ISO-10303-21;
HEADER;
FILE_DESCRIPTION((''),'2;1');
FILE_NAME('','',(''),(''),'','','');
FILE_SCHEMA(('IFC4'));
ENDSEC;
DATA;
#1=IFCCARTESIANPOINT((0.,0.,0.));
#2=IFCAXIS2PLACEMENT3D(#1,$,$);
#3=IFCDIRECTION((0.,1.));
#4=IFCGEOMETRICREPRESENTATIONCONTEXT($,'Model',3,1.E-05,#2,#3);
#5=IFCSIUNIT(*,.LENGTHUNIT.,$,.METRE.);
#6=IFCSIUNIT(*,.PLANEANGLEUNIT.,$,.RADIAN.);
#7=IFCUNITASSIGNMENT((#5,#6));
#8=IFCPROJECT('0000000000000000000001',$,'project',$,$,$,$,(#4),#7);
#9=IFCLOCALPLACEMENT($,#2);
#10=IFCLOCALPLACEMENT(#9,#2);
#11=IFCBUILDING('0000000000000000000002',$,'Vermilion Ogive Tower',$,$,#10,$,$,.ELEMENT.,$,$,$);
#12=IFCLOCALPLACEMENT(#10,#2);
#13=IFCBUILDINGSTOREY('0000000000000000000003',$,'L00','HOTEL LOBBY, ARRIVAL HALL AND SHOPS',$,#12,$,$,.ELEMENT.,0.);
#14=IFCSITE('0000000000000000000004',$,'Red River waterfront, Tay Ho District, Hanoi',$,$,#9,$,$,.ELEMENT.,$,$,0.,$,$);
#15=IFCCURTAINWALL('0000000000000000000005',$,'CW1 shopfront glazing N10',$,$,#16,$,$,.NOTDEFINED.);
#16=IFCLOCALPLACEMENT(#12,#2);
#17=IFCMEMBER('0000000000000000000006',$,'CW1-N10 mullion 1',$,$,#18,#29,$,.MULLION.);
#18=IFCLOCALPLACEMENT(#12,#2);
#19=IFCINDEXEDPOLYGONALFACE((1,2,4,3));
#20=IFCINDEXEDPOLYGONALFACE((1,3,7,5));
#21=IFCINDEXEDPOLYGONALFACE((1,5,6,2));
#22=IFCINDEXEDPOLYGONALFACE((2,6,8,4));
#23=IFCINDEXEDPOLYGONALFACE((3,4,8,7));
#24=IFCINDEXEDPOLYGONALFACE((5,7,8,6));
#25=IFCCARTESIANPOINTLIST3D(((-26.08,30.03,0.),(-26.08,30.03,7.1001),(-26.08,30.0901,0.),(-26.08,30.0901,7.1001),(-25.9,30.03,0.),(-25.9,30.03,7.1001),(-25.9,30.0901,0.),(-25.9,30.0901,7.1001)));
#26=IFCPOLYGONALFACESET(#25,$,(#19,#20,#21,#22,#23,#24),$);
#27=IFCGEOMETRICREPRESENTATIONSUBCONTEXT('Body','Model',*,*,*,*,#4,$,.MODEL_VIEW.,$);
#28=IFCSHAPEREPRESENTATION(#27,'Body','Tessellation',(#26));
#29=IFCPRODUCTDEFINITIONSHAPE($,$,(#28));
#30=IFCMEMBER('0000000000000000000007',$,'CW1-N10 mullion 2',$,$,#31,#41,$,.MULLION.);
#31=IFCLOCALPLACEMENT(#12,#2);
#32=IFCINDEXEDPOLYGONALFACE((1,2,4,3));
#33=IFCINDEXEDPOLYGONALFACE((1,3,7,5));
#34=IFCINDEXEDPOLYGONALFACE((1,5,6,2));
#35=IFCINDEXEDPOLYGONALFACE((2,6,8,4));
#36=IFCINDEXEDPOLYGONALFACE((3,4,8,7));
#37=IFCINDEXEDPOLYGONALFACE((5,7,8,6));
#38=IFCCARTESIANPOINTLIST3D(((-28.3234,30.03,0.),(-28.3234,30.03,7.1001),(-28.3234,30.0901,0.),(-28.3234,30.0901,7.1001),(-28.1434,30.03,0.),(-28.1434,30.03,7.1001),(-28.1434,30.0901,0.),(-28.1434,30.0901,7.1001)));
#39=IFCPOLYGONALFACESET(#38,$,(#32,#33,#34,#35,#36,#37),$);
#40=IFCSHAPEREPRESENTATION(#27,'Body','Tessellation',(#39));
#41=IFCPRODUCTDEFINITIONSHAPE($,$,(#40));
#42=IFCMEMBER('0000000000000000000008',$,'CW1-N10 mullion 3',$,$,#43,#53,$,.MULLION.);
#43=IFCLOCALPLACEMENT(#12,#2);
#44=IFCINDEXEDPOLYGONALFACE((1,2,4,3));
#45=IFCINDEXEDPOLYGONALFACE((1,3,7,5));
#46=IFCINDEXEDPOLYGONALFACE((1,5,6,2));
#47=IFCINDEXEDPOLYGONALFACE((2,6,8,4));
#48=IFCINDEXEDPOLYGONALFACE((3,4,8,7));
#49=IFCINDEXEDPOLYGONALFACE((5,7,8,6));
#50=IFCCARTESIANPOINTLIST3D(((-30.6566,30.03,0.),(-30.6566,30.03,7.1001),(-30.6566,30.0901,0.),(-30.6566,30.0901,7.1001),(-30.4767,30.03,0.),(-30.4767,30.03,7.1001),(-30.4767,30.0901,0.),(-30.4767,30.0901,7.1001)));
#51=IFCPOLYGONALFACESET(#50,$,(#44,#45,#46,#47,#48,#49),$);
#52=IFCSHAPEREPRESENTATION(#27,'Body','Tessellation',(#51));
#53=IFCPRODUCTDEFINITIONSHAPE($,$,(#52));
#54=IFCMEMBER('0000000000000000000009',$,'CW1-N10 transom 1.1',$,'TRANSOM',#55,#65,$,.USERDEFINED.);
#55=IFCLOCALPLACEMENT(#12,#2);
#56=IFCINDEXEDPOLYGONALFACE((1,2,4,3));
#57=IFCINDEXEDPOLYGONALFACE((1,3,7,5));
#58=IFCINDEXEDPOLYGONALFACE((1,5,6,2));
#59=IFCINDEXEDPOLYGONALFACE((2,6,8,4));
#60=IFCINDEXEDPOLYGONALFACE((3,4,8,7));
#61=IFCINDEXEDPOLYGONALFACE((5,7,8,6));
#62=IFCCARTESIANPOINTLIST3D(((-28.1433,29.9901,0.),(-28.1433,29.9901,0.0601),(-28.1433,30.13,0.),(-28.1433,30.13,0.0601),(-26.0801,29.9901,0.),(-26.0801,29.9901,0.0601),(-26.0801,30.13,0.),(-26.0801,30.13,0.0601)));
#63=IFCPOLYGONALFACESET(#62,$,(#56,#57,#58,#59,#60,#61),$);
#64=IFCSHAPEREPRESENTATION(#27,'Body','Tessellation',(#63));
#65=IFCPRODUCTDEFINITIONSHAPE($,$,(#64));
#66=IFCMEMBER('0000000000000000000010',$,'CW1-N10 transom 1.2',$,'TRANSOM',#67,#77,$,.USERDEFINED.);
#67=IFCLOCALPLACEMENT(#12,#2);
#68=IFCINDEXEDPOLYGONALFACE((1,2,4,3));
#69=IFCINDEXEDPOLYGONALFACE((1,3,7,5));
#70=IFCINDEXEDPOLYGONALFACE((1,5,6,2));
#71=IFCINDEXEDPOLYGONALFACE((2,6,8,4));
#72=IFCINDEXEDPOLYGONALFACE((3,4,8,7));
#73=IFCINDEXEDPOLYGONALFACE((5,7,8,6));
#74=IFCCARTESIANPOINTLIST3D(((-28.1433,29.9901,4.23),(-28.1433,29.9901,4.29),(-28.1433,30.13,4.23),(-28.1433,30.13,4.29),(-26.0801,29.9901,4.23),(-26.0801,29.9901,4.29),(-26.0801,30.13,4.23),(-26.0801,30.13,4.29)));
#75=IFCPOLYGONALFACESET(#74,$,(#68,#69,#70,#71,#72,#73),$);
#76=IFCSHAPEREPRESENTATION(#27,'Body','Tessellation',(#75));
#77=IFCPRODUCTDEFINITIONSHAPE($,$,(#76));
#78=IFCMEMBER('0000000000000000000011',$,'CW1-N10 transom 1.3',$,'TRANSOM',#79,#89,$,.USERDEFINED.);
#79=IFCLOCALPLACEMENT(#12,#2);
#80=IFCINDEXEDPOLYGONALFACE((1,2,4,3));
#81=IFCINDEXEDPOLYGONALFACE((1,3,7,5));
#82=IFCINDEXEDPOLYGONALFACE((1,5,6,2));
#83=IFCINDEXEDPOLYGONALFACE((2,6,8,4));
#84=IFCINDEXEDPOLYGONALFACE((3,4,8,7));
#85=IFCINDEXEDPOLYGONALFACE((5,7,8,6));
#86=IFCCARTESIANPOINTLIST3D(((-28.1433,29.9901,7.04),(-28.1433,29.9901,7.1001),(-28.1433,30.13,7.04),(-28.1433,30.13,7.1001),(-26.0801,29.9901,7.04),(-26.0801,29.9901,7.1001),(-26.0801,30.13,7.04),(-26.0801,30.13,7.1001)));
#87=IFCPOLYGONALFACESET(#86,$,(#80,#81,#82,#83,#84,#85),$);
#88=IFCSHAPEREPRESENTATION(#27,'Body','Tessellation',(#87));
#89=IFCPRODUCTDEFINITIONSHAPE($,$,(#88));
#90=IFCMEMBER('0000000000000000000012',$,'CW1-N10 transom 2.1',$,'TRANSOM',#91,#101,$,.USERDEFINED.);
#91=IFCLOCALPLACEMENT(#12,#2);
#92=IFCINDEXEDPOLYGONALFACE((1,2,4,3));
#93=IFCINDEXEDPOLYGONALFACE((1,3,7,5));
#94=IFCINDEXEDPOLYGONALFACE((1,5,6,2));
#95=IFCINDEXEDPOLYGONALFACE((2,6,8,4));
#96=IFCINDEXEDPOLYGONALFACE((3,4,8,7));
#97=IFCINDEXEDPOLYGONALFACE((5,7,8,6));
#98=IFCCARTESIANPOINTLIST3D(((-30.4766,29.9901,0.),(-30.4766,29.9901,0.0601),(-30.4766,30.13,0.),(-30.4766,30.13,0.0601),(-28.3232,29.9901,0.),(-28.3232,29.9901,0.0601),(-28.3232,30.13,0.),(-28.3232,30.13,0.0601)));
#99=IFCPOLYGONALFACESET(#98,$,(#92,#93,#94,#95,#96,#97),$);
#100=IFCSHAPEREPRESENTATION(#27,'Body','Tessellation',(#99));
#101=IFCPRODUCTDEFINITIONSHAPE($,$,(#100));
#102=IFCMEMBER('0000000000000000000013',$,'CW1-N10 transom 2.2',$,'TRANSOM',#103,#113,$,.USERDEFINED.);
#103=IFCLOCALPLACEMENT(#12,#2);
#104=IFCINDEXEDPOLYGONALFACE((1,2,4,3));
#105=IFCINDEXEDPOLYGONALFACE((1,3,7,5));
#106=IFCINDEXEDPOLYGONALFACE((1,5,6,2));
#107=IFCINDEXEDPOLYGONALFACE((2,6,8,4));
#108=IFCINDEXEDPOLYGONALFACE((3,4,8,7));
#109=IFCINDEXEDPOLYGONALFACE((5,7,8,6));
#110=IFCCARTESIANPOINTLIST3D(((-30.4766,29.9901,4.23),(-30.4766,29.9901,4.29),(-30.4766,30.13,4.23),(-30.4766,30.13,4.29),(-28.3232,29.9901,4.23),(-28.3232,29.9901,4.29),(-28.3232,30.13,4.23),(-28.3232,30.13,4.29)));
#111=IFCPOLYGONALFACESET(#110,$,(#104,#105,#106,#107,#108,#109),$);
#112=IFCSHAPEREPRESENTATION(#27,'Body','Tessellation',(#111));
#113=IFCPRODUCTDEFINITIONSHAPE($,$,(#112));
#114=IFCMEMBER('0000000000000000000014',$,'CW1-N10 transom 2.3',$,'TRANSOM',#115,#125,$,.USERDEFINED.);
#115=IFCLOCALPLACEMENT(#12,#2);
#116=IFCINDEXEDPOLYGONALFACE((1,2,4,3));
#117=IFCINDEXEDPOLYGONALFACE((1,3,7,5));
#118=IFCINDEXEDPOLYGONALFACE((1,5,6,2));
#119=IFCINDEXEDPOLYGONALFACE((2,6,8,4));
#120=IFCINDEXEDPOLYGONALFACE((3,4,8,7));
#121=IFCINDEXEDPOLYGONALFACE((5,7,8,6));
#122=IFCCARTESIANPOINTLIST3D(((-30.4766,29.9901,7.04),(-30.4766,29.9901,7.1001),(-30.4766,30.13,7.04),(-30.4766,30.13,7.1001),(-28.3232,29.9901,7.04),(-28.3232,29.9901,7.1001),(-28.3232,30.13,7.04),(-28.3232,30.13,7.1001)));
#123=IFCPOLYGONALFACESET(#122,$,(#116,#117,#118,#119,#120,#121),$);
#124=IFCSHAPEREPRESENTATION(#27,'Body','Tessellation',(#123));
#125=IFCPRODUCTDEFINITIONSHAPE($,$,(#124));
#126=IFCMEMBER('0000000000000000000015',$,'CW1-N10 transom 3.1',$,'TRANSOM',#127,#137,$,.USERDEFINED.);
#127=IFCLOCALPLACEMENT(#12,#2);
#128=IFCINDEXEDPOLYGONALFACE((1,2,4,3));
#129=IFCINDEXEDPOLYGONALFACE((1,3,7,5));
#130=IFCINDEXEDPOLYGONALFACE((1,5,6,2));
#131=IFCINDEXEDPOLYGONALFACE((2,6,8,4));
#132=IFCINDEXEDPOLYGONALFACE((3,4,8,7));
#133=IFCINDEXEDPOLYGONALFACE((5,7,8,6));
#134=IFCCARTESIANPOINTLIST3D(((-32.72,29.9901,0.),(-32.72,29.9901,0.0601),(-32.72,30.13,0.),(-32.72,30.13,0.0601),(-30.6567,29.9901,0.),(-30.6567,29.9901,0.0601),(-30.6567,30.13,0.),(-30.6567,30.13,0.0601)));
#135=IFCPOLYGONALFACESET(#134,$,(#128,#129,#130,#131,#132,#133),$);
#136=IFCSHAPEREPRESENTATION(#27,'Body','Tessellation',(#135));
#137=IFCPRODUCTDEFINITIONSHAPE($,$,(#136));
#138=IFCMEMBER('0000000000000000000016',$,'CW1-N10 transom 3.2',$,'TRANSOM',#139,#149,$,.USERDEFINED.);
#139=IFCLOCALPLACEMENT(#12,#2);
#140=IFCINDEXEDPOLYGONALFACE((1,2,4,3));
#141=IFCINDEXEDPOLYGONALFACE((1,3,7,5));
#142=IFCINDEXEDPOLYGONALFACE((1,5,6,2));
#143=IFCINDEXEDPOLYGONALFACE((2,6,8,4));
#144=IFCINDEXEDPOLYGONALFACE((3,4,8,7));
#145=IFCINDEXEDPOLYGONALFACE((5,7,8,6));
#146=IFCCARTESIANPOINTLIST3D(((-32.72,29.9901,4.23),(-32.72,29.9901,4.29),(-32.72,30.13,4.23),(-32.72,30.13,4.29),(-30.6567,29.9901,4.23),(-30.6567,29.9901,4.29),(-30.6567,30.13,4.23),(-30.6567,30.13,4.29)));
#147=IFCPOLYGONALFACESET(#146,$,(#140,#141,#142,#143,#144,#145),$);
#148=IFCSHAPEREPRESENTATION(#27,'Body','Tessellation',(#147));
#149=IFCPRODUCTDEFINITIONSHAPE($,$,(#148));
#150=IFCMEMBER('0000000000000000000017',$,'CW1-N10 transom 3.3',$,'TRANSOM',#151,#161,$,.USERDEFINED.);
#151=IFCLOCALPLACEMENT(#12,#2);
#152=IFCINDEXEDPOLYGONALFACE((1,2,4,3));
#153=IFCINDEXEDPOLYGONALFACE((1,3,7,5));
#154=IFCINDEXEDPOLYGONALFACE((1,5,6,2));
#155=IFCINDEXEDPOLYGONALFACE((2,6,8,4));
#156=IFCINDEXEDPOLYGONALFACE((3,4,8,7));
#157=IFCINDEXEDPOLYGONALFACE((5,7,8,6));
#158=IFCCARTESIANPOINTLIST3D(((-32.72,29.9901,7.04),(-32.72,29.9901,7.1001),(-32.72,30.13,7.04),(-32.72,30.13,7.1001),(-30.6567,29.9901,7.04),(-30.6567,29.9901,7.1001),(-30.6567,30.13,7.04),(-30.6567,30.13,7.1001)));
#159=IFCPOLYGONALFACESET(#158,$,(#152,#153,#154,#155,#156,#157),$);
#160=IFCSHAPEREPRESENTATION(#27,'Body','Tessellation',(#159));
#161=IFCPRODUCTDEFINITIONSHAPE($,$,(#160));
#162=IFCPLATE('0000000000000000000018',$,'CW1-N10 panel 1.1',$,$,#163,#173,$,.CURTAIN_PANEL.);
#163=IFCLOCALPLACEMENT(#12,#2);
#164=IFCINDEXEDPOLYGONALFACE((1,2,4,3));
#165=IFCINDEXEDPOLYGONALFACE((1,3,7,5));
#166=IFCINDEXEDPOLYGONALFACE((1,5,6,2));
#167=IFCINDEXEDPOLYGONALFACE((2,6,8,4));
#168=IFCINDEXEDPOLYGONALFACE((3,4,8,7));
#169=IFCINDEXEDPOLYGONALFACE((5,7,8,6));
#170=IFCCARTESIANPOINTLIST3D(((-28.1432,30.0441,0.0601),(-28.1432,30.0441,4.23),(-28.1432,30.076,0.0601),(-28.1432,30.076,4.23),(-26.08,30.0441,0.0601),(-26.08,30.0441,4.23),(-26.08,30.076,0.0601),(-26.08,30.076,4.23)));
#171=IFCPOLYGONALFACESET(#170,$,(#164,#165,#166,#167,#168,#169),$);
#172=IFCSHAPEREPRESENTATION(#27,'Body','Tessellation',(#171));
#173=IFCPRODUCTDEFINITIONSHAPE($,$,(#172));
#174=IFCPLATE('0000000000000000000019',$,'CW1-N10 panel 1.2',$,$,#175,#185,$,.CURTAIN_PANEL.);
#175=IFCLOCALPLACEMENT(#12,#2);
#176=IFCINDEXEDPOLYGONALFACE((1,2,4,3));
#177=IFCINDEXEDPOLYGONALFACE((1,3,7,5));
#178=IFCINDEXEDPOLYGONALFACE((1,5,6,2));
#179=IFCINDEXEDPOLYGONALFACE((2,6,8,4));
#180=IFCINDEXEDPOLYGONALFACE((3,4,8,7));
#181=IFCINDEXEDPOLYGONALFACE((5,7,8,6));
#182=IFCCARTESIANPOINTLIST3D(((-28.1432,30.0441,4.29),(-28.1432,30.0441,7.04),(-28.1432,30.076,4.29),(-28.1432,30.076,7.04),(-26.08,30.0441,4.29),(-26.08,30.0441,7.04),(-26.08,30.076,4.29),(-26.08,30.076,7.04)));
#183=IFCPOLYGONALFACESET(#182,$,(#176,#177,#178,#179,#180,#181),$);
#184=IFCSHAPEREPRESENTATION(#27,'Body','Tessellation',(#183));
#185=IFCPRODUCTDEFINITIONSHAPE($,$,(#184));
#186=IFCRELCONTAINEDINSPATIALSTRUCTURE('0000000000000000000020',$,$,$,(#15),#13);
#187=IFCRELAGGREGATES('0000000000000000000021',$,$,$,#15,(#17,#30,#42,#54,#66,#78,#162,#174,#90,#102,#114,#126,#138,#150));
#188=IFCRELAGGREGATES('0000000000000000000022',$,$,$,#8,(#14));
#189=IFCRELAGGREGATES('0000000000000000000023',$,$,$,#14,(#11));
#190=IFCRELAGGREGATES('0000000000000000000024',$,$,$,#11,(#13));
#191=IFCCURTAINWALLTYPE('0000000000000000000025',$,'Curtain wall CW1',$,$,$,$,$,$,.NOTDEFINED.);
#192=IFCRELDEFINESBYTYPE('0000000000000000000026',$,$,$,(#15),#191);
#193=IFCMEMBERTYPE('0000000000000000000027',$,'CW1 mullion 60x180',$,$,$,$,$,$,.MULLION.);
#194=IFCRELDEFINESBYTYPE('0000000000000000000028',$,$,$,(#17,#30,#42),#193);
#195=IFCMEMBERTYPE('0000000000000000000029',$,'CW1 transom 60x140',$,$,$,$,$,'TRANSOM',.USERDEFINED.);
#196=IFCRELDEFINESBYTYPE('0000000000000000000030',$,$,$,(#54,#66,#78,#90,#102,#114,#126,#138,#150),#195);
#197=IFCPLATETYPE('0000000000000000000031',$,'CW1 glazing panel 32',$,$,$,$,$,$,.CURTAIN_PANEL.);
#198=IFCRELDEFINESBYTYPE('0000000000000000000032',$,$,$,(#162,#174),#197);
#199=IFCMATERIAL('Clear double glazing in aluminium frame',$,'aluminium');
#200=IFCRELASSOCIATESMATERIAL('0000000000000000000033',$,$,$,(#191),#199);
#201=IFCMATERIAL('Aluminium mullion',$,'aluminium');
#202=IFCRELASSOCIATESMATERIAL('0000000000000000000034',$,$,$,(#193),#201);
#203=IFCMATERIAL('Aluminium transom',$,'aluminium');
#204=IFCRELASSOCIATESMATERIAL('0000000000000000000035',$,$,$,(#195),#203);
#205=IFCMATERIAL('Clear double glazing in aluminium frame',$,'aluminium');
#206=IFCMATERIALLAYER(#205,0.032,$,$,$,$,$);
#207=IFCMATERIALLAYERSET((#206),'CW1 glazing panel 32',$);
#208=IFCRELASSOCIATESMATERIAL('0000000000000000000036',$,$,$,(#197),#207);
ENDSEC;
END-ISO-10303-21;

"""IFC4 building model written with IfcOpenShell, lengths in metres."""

from ifc_helpers import new_model, si_unit, direction, frame, origin, origin_2d, place, context, subcontext, project, spatial, rectangle, extrude, material, layer, layer_set, material_profile, profile_set, type_object, element, aggregate, save


model = new_model("IFC4")

# Units and contexts
model_context = context("Model", 3, precision=1e-05, world=origin(), true_north=direction((0.0, 1.0)))
body_context = subcontext(model_context, "Body", "Model", "MODEL_VIEW")
ifc_project = project(units=[si_unit("LENGTHUNIT", "METRE"), si_unit("PLANEANGLEUNIT", "RADIAN")], contexts=[model_context])

# Site, building, storey
site_placement = place(None, origin())
site = spatial("IfcSite", under=ifc_project, at=site_placement, Name="Red River waterfront, Tay Ho District, Hanoi", CompositionType="ELEMENT", RefElevation=0.0)
building_placement = place(site_placement, origin())
building = spatial("IfcBuilding", under=site, at=building_placement, Name="Vermilion Ogive Tower", CompositionType="ELEMENT")
storey_placement = place(building_placement, origin())
storey = spatial("IfcBuildingStorey", under=building, at=storey_placement, Name="L00", Description="HOTEL LOBBY, ARRIVAL HALL AND SHOPS", CompositionType="ELEMENT", Elevation=0.0)

# Curtain wall, members, plates
ifc_material_1 = material(Name="Clear double glazing in aluminium frame", Category="aluminium")
curtain_wall_type = type_object("IfcCurtainWallType", Name="Curtain wall CW1", PredefinedType="NOTDEFINED", material=ifc_material_1)
curtain_wall_placement = place(storey_placement, origin())
curtain_wall = element("IfcCurtainWall", 1, at=curtain_wall_placement, inside=storey, type_object=curtain_wall_type, Name="CW1 shopfront glazing N10", PredefinedType="NOTDEFINED")
ifc_material_2 = material(Name="Aluminium mullion", Category="aluminium")
ifc_material_profile_1 = material_profile(ifc_material_2, rectangle(XDim=0.0601, YDim=0.1799, at=origin_2d()), Name="AL 60x180")
ifc_profile_set_1 = profile_set([ifc_material_profile_1], Name="Aluminium mullion")
member_type_1 = type_object("IfcMemberType", Name="CW1 mullion 60x180", PredefinedType="MULLION", material=ifc_profile_set_1)
member_1_placement = place(storey_placement, frame((-25.99, 30.0601, 0.0), z_axis=(0.0, 0.0, 1.0), x_axis=(0.0, -1.0, 0.0)))
member_1 = element("IfcMember", 2, at=member_1_placement, type_object=member_type_1, Name="CW1-N10 mullion 1", PredefinedType="MULLION", context=body_context, shape_type="SweptSolid", body=[
    extrude(rectangle(XDim=0.0601, YDim=0.1799, at=origin_2d()), origin(), (0.0, 0.0, 1.0), 7.1001),
])
member_2_placement = place(storey_placement, frame((-28.2334, 30.0601, 0.0), z_axis=(0.0, 0.0, 1.0), x_axis=(0.0, -1.0, 0.0)))
member_2 = element("IfcMember", 3, at=member_2_placement, type_object=member_type_1, Name="CW1-N10 mullion 2", PredefinedType="MULLION", context=body_context, shape_type="SweptSolid", body=[
    extrude(rectangle(XDim=0.0601, YDim=0.1799, at=origin_2d()), origin(), (0.0, 0.0, 1.0), 7.1001),
])
member_3_placement = place(storey_placement, frame((-30.5667, 30.0601, 0.0), z_axis=(0.0, 0.0, 1.0), x_axis=(0.0, -1.0, 0.0)))
member_3 = element("IfcMember", 4, at=member_3_placement, type_object=member_type_1, Name="CW1-N10 mullion 3", PredefinedType="MULLION", context=body_context, shape_type="SweptSolid", body=[
    extrude(rectangle(XDim=0.0601, YDim=0.1799, at=origin_2d()), origin(), (0.0, 0.0, 1.0), 7.1001),
])
ifc_material_3 = material(Name="Aluminium transom", Category="aluminium")
ifc_material_profile_2 = material_profile(ifc_material_3, rectangle(XDim=0.1399, YDim=0.0601, at=origin_2d()), Name="AL 60x140")
ifc_profile_set_2 = profile_set([ifc_material_profile_2], Name="Aluminium transom")
member_type_2 = type_object("IfcMemberType", Name="CW1 transom 60x140", ElementType="TRANSOM", PredefinedType="USERDEFINED", material=ifc_profile_set_2)
member_4_placement = place(storey_placement, frame((-26.0801, 30.0601, 0.03), z_axis=(-1.0, 0.0, 0.0), x_axis=(0.0, -1.0, 0.0)))
member_4 = element("IfcMember", 5, at=member_4_placement, type_object=member_type_2, Name="CW1-N10 transom 1.1", ObjectType="TRANSOM", PredefinedType="USERDEFINED", context=body_context, shape_type="SweptSolid", body=[
    extrude(rectangle(XDim=0.1399, YDim=0.0601, at=origin_2d()), origin(), (0.0, 0.0, 1.0), 2.0632),
])
member_5_placement = place(storey_placement, frame((-26.0801, 30.0601, 4.26), z_axis=(-1.0, 0.0, 0.0), x_axis=(0.0, -1.0, 0.0)))
member_5 = element("IfcMember", 6, at=member_5_placement, type_object=member_type_2, Name="CW1-N10 transom 1.2", ObjectType="TRANSOM", PredefinedType="USERDEFINED", context=body_context, shape_type="SweptSolid", body=[
    extrude(rectangle(XDim=0.1399, YDim=0.0601, at=origin_2d()), origin(), (0.0, 0.0, 1.0), 2.0632),
])
member_6_placement = place(storey_placement, frame((-26.0801, 30.0601, 7.0701), z_axis=(-1.0, 0.0, 0.0), x_axis=(0.0, -1.0, 0.0)))
member_6 = element("IfcMember", 7, at=member_6_placement, type_object=member_type_2, Name="CW1-N10 transom 1.3", ObjectType="TRANSOM", PredefinedType="USERDEFINED", context=body_context, shape_type="SweptSolid", body=[
    extrude(rectangle(XDim=0.1399, YDim=0.0601, at=origin_2d()), origin(), (0.0, 0.0, 1.0), 2.0632),
])
member_7_placement = place(storey_placement, frame((-28.3232, 30.0601, 0.03), z_axis=(-1.0, 0.0, 0.0), x_axis=(0.0, -1.0, 0.0)))
member_7 = element("IfcMember", 8, at=member_7_placement, type_object=member_type_2, Name="CW1-N10 transom 2.1", ObjectType="TRANSOM", PredefinedType="USERDEFINED", context=body_context, shape_type="SweptSolid", body=[
    extrude(rectangle(XDim=0.1399, YDim=0.0601, at=origin_2d()), origin(), (0.0, 0.0, 1.0), 2.1533),
])
member_8_placement = place(storey_placement, frame((-28.3232, 30.0601, 4.26), z_axis=(-1.0, 0.0, 0.0), x_axis=(0.0, -1.0, 0.0)))
member_8 = element("IfcMember", 9, at=member_8_placement, type_object=member_type_2, Name="CW1-N10 transom 2.2", ObjectType="TRANSOM", PredefinedType="USERDEFINED", context=body_context, shape_type="SweptSolid", body=[
    extrude(rectangle(XDim=0.1399, YDim=0.0601, at=origin_2d()), origin(), (0.0, 0.0, 1.0), 2.1533),
])
member_9_placement = place(storey_placement, frame((-28.3232, 30.0601, 7.0701), z_axis=(-1.0, 0.0, 0.0), x_axis=(0.0, -1.0, 0.0)))
member_9 = element("IfcMember", 10, at=member_9_placement, type_object=member_type_2, Name="CW1-N10 transom 2.3", ObjectType="TRANSOM", PredefinedType="USERDEFINED", context=body_context, shape_type="SweptSolid", body=[
    extrude(rectangle(XDim=0.1399, YDim=0.0601, at=origin_2d()), origin(), (0.0, 0.0, 1.0), 2.1533),
])
member_10_placement = place(storey_placement, frame((-30.6567, 30.0601, 0.03), z_axis=(-1.0, 0.0, 0.0), x_axis=(0.0, -1.0, 0.0)))
member_10 = element("IfcMember", 11, at=member_10_placement, type_object=member_type_2, Name="CW1-N10 transom 3.1", ObjectType="TRANSOM", PredefinedType="USERDEFINED", context=body_context, shape_type="SweptSolid", body=[
    extrude(rectangle(XDim=0.1399, YDim=0.0601, at=origin_2d()), origin(), (0.0, 0.0, 1.0), 2.0632),
])
member_11_placement = place(storey_placement, frame((-30.6567, 30.0601, 4.26), z_axis=(-1.0, 0.0, 0.0), x_axis=(0.0, -1.0, 0.0)))
member_11 = element("IfcMember", 12, at=member_11_placement, type_object=member_type_2, Name="CW1-N10 transom 3.2", ObjectType="TRANSOM", PredefinedType="USERDEFINED", context=body_context, shape_type="SweptSolid", body=[
    extrude(rectangle(XDim=0.1399, YDim=0.0601, at=origin_2d()), origin(), (0.0, 0.0, 1.0), 2.0632),
])
member_12_placement = place(storey_placement, frame((-30.6567, 30.0601, 7.0701), z_axis=(-1.0, 0.0, 0.0), x_axis=(0.0, -1.0, 0.0)))
member_12 = element("IfcMember", 13, at=member_12_placement, type_object=member_type_2, Name="CW1-N10 transom 3.3", ObjectType="TRANSOM", PredefinedType="USERDEFINED", context=body_context, shape_type="SweptSolid", body=[
    extrude(rectangle(XDim=0.1399, YDim=0.0601, at=origin_2d()), origin(), (0.0, 0.0, 1.0), 2.0632),
])
ifc_material_4 = material(Name="Clear double glazing in aluminium frame", Category="aluminium")
ifc_layer_1 = layer(ifc_material_4, 0.032)
ifc_layer_set_1 = layer_set([ifc_layer_1], Name="CW1 glazing panel 32")
plate_type = type_object("IfcPlateType", Name="CW1 glazing panel 32", PredefinedType="CURTAIN_PANEL", material=ifc_layer_set_1)
plate_1_placement = place(storey_placement, frame((-27.1116, 30.0601, 0.0601), z_axis=(0.0, 0.0, 1.0), x_axis=(-1.0, 0.0, 0.0)))
plate_1 = element("IfcPlate", 14, at=plate_1_placement, type_object=plate_type, Name="CW1-N10 panel 1.1", PredefinedType="CURTAIN_PANEL", context=body_context, shape_type="SweptSolid", body=[
    extrude(rectangle(XDim=2.0632, YDim=0.032, at=origin_2d()), origin(), (0.0, 0.0, 1.0), 4.1699),
])
plate_2_placement = place(storey_placement, frame((-27.1116, 30.0601, 4.29), z_axis=(0.0, 0.0, 1.0), x_axis=(-1.0, 0.0, 0.0)))
plate_2 = element("IfcPlate", 15, at=plate_2_placement, type_object=plate_type, Name="CW1-N10 panel 1.2", PredefinedType="CURTAIN_PANEL", context=body_context, shape_type="SweptSolid", body=[
    extrude(rectangle(XDim=2.0632, YDim=0.032, at=origin_2d()), origin(), (0.0, 0.0, 1.0), 2.75),
])
aggregate(curtain_wall, [member_1, member_2, member_3, member_4, member_5, member_6, plate_1, plate_2, member_7, member_8, member_9, member_10, member_11, member_12])

save(model, "model.ifc")
